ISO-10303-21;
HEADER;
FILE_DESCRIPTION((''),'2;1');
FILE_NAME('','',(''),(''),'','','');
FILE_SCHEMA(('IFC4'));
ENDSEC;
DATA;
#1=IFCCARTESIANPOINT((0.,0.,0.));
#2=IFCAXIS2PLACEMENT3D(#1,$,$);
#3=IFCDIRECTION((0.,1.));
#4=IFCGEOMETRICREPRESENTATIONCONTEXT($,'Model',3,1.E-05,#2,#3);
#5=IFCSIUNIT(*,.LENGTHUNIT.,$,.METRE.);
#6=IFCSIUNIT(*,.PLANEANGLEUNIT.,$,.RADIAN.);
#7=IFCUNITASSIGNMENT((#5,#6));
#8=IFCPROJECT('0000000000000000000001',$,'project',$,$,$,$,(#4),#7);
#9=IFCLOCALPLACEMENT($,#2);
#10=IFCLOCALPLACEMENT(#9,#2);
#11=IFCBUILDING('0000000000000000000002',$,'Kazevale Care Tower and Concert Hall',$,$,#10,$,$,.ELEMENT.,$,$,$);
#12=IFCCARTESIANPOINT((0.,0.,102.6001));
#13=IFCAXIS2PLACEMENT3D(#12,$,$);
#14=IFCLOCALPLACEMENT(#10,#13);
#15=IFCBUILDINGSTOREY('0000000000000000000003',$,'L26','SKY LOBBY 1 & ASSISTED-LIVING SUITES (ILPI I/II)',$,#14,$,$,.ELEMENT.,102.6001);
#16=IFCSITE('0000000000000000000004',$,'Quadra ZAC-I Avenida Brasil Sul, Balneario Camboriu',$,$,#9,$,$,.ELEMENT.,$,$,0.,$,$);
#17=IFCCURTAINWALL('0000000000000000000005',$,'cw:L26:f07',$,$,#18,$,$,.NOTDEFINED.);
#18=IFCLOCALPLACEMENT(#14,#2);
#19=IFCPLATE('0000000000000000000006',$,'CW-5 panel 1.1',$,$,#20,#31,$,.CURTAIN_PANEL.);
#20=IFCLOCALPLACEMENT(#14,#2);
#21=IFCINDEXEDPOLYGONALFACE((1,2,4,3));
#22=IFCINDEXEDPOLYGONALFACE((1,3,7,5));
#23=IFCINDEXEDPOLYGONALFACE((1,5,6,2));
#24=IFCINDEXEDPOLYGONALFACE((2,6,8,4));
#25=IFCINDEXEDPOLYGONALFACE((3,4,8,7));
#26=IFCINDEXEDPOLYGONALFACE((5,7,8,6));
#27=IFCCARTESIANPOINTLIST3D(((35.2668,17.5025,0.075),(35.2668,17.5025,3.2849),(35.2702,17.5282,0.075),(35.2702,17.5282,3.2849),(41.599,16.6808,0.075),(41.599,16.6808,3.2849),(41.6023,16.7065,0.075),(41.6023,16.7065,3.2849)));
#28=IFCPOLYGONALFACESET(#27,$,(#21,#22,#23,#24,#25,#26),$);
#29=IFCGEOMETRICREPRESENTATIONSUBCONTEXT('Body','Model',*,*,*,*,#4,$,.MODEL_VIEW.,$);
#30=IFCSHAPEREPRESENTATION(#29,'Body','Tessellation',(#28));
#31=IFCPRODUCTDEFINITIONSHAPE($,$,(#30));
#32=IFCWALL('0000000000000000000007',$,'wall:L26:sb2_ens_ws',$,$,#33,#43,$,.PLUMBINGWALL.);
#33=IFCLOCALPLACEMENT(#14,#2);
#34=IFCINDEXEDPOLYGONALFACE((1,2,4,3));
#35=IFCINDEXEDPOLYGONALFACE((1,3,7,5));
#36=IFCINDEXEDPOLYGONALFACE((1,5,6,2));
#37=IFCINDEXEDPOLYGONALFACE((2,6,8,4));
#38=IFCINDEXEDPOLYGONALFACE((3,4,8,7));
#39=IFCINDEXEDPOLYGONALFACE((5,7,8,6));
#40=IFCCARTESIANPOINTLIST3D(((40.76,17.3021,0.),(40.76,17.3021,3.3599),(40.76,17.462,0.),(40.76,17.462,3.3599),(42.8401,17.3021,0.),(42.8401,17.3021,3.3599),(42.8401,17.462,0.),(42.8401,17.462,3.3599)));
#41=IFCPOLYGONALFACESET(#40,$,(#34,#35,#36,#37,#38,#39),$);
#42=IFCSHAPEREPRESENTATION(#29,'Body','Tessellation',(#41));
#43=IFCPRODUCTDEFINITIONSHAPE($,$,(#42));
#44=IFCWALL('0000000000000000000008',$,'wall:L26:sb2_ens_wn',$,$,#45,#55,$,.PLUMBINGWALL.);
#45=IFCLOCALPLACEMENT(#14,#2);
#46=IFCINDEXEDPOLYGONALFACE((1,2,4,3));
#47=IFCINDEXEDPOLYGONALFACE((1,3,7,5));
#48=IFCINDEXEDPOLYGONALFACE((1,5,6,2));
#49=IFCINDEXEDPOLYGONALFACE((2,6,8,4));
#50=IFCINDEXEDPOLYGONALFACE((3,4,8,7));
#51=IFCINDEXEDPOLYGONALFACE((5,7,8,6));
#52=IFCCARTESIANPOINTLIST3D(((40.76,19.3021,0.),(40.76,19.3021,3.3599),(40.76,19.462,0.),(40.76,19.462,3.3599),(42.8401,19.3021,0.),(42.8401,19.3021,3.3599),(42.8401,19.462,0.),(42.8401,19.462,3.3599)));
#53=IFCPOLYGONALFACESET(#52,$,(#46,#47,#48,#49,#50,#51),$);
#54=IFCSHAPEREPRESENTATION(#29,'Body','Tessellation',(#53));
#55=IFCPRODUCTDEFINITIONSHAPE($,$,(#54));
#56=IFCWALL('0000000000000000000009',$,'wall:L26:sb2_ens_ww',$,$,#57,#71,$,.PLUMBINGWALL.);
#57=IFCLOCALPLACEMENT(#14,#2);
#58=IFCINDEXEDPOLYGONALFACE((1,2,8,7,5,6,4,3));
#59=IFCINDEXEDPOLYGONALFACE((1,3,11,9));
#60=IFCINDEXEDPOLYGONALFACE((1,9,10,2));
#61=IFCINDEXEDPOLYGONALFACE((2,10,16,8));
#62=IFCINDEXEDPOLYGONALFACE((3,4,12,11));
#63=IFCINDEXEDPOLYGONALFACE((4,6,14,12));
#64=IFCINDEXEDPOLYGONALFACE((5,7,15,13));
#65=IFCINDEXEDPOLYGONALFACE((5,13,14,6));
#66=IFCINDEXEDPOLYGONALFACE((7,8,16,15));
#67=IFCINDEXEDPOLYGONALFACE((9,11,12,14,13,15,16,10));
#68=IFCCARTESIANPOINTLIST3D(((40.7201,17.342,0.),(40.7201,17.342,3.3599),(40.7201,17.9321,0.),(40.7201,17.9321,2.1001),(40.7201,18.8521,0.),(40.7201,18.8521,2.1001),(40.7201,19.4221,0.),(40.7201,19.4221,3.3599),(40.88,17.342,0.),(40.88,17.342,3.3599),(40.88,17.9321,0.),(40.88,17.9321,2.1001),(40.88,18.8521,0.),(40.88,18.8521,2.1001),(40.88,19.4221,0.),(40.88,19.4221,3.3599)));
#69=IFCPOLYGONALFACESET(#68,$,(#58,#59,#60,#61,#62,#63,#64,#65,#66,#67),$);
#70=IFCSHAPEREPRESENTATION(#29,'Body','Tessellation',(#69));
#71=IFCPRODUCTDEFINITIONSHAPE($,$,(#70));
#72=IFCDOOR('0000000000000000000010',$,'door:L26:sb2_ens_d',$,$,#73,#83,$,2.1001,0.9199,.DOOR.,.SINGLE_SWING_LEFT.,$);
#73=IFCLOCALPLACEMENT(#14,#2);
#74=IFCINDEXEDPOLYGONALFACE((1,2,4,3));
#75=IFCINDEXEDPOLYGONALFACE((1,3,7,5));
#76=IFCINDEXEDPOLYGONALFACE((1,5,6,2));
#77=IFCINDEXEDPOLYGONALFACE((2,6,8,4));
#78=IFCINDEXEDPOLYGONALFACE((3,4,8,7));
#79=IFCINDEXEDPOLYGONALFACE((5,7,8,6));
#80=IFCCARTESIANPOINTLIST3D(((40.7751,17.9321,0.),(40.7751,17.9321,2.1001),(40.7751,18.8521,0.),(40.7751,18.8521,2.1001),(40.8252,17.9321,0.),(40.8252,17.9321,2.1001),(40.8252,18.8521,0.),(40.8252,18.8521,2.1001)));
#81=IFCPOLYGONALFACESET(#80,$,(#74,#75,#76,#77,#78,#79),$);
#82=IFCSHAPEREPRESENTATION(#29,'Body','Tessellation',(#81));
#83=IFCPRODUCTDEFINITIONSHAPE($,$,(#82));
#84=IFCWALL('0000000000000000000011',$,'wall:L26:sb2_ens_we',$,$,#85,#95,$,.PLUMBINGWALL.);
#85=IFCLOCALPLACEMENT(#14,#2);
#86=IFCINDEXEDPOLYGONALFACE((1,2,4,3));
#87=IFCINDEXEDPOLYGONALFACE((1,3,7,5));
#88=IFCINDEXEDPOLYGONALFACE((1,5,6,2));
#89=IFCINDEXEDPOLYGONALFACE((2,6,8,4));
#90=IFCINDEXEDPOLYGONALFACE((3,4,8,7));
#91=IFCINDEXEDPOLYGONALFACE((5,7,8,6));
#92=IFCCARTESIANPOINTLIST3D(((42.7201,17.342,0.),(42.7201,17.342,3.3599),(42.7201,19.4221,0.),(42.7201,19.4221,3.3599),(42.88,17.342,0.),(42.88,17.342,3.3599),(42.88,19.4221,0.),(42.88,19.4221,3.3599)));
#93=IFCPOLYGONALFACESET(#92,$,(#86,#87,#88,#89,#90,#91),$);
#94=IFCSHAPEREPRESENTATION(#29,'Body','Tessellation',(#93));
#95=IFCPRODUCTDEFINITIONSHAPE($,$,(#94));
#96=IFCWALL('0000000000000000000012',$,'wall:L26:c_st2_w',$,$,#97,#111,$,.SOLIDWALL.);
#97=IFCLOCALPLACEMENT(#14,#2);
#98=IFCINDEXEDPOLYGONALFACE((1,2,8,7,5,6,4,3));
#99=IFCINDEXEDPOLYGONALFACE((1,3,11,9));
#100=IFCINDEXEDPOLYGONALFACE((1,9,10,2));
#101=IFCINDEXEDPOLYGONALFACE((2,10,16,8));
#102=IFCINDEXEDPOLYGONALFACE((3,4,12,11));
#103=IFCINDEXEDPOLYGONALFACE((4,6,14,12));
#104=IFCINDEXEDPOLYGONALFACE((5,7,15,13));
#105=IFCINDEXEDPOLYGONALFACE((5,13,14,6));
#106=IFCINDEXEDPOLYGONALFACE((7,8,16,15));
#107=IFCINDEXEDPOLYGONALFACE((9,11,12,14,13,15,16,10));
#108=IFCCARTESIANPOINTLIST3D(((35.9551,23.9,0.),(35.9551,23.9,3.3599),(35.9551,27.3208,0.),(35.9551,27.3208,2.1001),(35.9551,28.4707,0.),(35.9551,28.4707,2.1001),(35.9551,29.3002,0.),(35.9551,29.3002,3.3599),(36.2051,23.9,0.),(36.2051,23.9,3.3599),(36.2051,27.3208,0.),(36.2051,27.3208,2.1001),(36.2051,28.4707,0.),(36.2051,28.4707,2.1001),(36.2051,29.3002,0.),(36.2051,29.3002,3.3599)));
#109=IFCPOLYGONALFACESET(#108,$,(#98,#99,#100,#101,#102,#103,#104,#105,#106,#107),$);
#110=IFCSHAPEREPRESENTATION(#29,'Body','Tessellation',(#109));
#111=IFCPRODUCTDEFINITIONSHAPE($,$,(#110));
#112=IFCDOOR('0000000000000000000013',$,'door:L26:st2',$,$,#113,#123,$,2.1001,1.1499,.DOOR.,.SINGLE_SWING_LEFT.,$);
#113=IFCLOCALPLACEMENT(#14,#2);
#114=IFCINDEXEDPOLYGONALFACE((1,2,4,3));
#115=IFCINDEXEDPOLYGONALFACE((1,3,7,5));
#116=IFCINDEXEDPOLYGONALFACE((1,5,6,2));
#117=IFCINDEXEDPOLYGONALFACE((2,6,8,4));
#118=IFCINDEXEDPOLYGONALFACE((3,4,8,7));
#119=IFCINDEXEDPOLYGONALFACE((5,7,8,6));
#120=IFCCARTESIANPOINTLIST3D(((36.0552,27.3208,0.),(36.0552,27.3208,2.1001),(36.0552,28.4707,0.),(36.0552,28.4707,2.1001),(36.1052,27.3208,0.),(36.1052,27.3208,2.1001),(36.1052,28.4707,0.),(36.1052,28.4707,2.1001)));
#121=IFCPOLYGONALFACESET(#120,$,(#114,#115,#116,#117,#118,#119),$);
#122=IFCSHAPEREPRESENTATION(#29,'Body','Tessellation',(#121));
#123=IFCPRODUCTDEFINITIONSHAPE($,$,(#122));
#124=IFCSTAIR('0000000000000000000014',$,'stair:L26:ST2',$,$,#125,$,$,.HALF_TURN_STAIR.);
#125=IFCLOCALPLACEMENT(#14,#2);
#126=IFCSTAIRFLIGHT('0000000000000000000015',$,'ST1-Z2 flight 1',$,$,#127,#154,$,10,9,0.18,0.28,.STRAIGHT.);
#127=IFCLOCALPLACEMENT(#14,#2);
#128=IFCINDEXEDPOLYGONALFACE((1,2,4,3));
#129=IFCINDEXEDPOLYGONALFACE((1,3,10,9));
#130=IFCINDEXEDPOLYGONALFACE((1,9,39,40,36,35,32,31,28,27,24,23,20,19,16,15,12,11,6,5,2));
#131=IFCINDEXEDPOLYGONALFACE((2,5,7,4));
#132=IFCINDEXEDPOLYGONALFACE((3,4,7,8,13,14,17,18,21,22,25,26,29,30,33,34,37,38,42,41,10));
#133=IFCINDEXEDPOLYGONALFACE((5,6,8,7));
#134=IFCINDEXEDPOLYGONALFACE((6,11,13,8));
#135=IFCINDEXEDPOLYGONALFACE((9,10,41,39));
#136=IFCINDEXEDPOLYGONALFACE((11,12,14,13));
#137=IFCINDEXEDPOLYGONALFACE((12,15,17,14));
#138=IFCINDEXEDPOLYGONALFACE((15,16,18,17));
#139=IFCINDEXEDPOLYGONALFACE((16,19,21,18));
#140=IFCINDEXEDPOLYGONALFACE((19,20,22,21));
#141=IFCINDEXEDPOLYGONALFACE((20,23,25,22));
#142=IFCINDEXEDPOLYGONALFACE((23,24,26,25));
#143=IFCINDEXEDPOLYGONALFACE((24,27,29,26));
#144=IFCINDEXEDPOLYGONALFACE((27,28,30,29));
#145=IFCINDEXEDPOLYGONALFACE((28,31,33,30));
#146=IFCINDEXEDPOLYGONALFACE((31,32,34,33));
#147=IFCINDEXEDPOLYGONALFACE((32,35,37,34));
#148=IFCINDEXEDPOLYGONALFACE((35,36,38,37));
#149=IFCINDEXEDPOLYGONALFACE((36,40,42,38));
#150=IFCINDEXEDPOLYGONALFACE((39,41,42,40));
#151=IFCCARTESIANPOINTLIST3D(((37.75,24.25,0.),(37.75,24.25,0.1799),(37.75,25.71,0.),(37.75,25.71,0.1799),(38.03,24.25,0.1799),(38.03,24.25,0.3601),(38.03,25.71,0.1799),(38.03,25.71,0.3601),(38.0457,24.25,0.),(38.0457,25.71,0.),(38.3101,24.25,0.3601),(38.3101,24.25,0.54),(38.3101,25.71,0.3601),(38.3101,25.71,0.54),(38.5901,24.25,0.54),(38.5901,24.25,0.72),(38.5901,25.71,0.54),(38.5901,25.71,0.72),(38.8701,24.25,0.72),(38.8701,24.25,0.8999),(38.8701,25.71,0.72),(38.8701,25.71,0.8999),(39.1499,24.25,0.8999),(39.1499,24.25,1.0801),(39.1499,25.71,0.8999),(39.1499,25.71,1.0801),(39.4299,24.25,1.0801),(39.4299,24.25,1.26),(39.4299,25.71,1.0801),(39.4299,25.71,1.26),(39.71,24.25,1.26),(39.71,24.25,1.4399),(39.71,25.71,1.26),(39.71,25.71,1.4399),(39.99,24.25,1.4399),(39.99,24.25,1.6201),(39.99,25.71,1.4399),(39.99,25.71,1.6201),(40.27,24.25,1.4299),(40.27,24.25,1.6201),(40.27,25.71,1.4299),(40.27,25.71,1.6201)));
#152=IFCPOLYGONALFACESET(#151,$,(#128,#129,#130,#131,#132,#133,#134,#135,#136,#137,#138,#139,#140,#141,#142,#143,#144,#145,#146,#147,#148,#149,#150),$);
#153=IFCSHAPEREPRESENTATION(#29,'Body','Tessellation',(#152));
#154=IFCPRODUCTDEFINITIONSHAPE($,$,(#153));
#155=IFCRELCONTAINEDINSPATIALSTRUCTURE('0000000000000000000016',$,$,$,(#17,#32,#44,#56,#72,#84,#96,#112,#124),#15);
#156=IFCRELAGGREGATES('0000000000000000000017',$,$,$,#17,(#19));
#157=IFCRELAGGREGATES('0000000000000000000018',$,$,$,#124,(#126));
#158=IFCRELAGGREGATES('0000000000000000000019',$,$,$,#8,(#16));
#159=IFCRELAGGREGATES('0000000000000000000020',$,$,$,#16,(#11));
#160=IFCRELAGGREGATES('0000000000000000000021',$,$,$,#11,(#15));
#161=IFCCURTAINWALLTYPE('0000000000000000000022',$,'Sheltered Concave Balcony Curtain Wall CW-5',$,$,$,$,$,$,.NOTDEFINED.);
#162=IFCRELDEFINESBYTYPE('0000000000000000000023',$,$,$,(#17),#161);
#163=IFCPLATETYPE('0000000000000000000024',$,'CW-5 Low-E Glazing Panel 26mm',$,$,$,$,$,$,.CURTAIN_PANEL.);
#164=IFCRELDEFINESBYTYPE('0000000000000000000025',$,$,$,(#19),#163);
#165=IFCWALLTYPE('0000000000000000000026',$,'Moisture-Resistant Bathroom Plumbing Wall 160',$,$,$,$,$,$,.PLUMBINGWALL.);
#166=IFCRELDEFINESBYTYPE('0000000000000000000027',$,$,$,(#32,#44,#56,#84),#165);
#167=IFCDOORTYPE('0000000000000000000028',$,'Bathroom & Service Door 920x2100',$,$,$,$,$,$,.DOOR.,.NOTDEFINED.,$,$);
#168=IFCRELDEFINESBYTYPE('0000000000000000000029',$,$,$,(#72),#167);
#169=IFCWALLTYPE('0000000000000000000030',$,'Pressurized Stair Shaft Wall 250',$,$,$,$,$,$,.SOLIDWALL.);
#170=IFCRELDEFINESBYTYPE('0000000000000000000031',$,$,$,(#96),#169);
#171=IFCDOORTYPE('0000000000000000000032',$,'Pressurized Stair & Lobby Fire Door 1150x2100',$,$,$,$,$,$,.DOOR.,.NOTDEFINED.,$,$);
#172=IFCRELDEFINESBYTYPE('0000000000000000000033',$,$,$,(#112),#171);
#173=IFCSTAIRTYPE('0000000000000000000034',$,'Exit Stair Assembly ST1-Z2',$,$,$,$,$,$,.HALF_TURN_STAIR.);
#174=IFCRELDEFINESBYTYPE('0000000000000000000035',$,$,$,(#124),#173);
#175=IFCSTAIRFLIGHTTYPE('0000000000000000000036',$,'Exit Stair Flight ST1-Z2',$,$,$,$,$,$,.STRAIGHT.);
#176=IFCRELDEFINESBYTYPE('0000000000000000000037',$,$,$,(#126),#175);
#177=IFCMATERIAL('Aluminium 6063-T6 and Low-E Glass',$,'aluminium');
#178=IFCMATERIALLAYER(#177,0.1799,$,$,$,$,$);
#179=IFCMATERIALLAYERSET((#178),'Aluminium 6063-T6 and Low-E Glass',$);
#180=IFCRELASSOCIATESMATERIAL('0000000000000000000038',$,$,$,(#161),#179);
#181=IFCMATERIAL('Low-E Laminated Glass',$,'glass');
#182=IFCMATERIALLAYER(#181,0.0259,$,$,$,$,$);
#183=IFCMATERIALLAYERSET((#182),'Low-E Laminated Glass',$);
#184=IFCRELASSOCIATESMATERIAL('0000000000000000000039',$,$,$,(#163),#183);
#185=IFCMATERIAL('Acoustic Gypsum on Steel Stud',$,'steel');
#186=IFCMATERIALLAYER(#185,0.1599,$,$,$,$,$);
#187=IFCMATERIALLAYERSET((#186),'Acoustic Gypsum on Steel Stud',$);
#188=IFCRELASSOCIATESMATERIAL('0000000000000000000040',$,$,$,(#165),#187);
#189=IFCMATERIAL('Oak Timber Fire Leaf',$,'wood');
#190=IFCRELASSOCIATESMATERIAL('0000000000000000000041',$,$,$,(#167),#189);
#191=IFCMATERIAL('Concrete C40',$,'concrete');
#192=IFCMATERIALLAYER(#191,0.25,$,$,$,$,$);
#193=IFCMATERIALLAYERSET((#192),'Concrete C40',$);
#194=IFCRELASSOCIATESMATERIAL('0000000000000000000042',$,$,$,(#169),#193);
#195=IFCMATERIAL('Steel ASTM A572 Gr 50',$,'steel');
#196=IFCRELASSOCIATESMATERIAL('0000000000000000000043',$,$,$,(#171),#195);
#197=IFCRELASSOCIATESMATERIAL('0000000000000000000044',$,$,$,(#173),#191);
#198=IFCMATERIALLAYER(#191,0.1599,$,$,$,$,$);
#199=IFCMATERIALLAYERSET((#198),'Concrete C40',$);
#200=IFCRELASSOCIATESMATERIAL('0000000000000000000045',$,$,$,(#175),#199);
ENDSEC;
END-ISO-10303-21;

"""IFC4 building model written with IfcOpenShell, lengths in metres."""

from ifc_helpers import new_model, si_unit, direction, frame, frame_2d, origin, origin_2d, place, context, subcontext, project, spatial, polyline, rectangle, outline, extrude, material, layer, layer_set, type_object, element, fill, aggregate, save


model = new_model("IFC4")

# Units and contexts
model_context = context("Model", 3, precision=1e-05, world=origin(), true_north=direction((0.0, 1.0)))
body_context = subcontext(model_context, "Body", "Model", "MODEL_VIEW")
ifc_project = project(units=[si_unit("LENGTHUNIT", "METRE"), si_unit("PLANEANGLEUNIT", "RADIAN")], contexts=[model_context])

# Site, building, storey
site_placement = place(None, origin())
site = spatial("IfcSite", under=ifc_project, at=site_placement, Name="Quadra ZAC-I Avenida Brasil Sul, Balneario Camboriu", CompositionType="ELEMENT", RefElevation=0.0)
building_placement = place(site_placement, origin())
building = spatial("IfcBuilding", under=site, at=building_placement, Name="Kazevale Care Tower and Concert Hall", CompositionType="ELEMENT")
storey_placement = place(building_placement, frame((0.0, 0.0, 102.6001)))
storey = spatial("IfcBuildingStorey", under=building, at=storey_placement, Name="L26", Description="SKY LOBBY 1 & ASSISTED-LIVING SUITES (ILPI I/II)", CompositionType="ELEMENT", Elevation=102.6001)

# Shared definitions
ifc_material_1 = material(Name="Aluminium 6063-T6 and Low-E Glass", Category="aluminium")
ifc_layer_1 = layer(ifc_material_1, 0.1799)
ifc_layer_set_1 = layer_set([ifc_layer_1], Name="Aluminium 6063-T6 and Low-E Glass")
curtain_wall_type = type_object("IfcCurtainWallType", Name="Sheltered Concave Balcony Curtain Wall CW-5", PredefinedType="NOTDEFINED", material=ifc_layer_set_1)

# Curtain wall
curtain_wall_1_placement = place(storey_placement, origin())
curtain_wall_1 = element("IfcCurtainWall", 1, at=curtain_wall_1_placement, inside=storey, type_object=curtain_wall_type, Name="cw:L26:f07", PredefinedType="NOTDEFINED")

# Shared definitions
ifc_material_2 = material(Name="Steel ASTM A572 Gr 50", Category="steel")

# Plate
ifc_material_3 = material(Name="Low-E Laminated Glass", Category="glass")
ifc_layer_2 = layer(ifc_material_3, 0.0259)
ifc_layer_set_2 = layer_set([ifc_layer_2], Name="Low-E Laminated Glass")
plate_type = type_object("IfcPlateType", Name="CW-5 Low-E Glazing Panel 26mm", PredefinedType="CURTAIN_PANEL", material=ifc_layer_set_2)
plate_1_placement = place(storey_placement, frame((38.4346, 17.1045, 0.075), z_axis=(0.0, 0.0, 1.0), x_axis=(-0.991686, 0.128685, 0.0)))
plate_1 = element("IfcPlate", 2, at=plate_1_placement, type_object=plate_type, Name="CW-5 panel 1.1", PredefinedType="CURTAIN_PANEL", context=body_context, shape_type="SweptSolid", body=[
    extrude(rectangle(XDim=6.3853, YDim=0.0259, at=origin_2d()), origin(), (0.0, 0.0, 1.0), 3.21),
])
aggregate(curtain_wall_1, [plate_1])

# Shared definitions
ifc_material_4 = material(Name="Oak Timber Fire Leaf", Category="wood")

# Walls
ifc_material_5 = material(Name="Acoustic Gypsum on Steel Stud", Category="steel")
ifc_layer_3 = layer(ifc_material_5, 0.1599)
ifc_layer_set_3 = layer_set([ifc_layer_3], Name="Acoustic Gypsum on Steel Stud")
wall_type_1 = type_object("IfcWallType", Name="Moisture-Resistant Bathroom Plumbing Wall 160", PredefinedType="PLUMBINGWALL", material=ifc_layer_set_3)
for number, where, z_axis, x_axis, name in (
    (3, (40.76, 17.3821, 0.0), (0.0, 0.0, 1.0), (1.0, 0.0, 0.0), "wall:L26:sb2_ens_ws"),
    (4, (40.76, 19.3821, 0.0), (0.0, 0.0, 1.0), (1.0, 0.0, 0.0), "wall:L26:sb2_ens_wn"),
):
    element("IfcWall", number, at=place(storey_placement, frame(where, z_axis=z_axis, x_axis=x_axis)), inside=storey, type_object=wall_type_1, Name=name, PredefinedType="PLUMBINGWALL", context=body_context, shape_type="SweptSolid", body=[
        extrude(rectangle(XDim=2.0801, YDim=0.1599, at=frame_2d((1.04, 0.0))), origin(), (0.0, 0.0, 1.0), 3.3599),
    ])

# Wall, opening, door
wall_1_placement = place(storey_placement, frame((40.8, 17.342, 0.0), z_axis=(0.0, 0.0, 1.0), x_axis=(0.0, 1.0, 0.0)))
wall_1 = element("IfcWall", 5, at=wall_1_placement, inside=storey, type_object=wall_type_1, Name="wall:L26:sb2_ens_ww", PredefinedType="PLUMBINGWALL", context=body_context, shape_type="SweptSolid", body=[
    extrude(rectangle(XDim=2.0801, YDim=0.1599, at=frame_2d((1.04, 0.0))), origin(), (0.0, 0.0, 1.0), 3.3599),
])
opening_1_placement = place(wall_1_placement, frame((0.5901, 0.0, 0.0)))
opening_1 = element("IfcOpeningElement", 6, at=opening_1_placement, cuts=wall_1, PredefinedType="OPENING", context=body_context, shape_type="SweptSolid", body=[
    extrude(rectangle(XDim=0.9199, YDim=2.1001, at=frame_2d((0.46, 1.05))), frame((0.0, 0.0898, 0.0), z_axis=(0.0, -1.0, 0.0), x_axis=(1.0, 0.0, 0.0)), (0.0, 0.0, 1.0), 0.1799),
])
door_type_1 = type_object("IfcDoorType", Name="Bathroom & Service Door 920x2100", OperationType="NOTDEFINED", PredefinedType="DOOR", material=ifc_material_4)
door_1_placement = place(opening_1_placement, origin())
door_1 = element("IfcDoor", 7, at=door_1_placement, inside=storey, type_object=door_type_1, Name="door:L26:sb2_ens_d", OperationType="SINGLE_SWING_LEFT", OverallHeight=2.1001, OverallWidth=0.9199, PredefinedType="DOOR", context=body_context, shape_type="SweptSolid", body=[
    extrude(rectangle(XDim=0.9199, YDim=2.1001, at=frame_2d((0.46, 1.05))), frame((0.0, 0.0249, 0.0), z_axis=(0.0, -1.0, 0.0), x_axis=(1.0, 0.0, 0.0)), (0.0, 0.0, 1.0), 0.05),
])
fill(opening_1, door_1)

# Wall
wall_2_placement = place(storey_placement, frame((42.8, 17.342, 0.0), z_axis=(0.0, 0.0, 1.0), x_axis=(0.0, 1.0, 0.0)))
element("IfcWall", 8, at=wall_2_placement, inside=storey, type_object=wall_type_1, Name="wall:L26:sb2_ens_we", PredefinedType="PLUMBINGWALL", context=body_context, shape_type="SweptSolid", body=[
    extrude(rectangle(XDim=2.0801, YDim=0.1599, at=frame_2d((1.04, 0.0))), origin(), (0.0, 0.0, 1.0), 3.3599),
])

# Wall, opening, door
ifc_material_6 = material(Name="Concrete C40", Category="concrete")
ifc_layer_4 = layer(ifc_material_6, 0.25)
ifc_layer_set_4 = layer_set([ifc_layer_4], Name="Concrete C40")
wall_type_2 = type_object("IfcWallType", Name="Pressurized Stair Shaft Wall 250", PredefinedType="SOLIDWALL", material=ifc_layer_set_4)
wall_3_placement = place(storey_placement, frame((36.0801, 23.8999, 0.0), z_axis=(0.0, 0.0, 1.0), x_axis=(0.0, 1.0, 0.0)))
wall_3 = element("IfcWall", 9, at=wall_3_placement, inside=storey, type_object=wall_type_2, Name="wall:L26:c_st2_w", PredefinedType="SOLIDWALL", context=body_context, shape_type="SweptSolid", body=[
    extrude(rectangle(XDim=5.4001, YDim=0.25, at=frame_2d((2.7002, 0.0))), origin(), (0.0, 0.0, 1.0), 3.3599),
])
opening_2_placement = place(wall_3_placement, frame((3.4209, 0.0, 0.0)))
opening_2 = element("IfcOpeningElement", 10, at=opening_2_placement, cuts=wall_3, PredefinedType="OPENING", context=body_context, shape_type="SweptSolid", body=[
    extrude(rectangle(XDim=1.1499, YDim=2.1001, at=frame_2d((0.575, 1.05))), frame((0.0, 0.135, 0.0), z_axis=(0.0, -1.0, 0.0), x_axis=(1.0, 0.0, 0.0)), (0.0, 0.0, 1.0), 0.27),
])
door_type_2 = type_object("IfcDoorType", Name="Pressurized Stair & Lobby Fire Door 1150x2100", OperationType="NOTDEFINED", PredefinedType="DOOR", material=ifc_material_2)
door_2_placement = place(opening_2_placement, origin())
door_2 = element("IfcDoor", 11, at=door_2_placement, inside=storey, type_object=door_type_2, Name="door:L26:st2", OperationType="SINGLE_SWING_LEFT", OverallHeight=2.1001, OverallWidth=1.1499, PredefinedType="DOOR", context=body_context, shape_type="SweptSolid", body=[
    extrude(rectangle(XDim=1.1499, YDim=2.1001, at=frame_2d((0.575, 1.05))), frame((0.0, 0.0249, 0.0), z_axis=(0.0, -1.0, 0.0), x_axis=(1.0, 0.0, 0.0)), (0.0, 0.0, 1.0), 0.05),
])
fill(opening_2, door_2)

# Stair, stair flight
stair_type = type_object("IfcStairType", Name="Exit Stair Assembly ST1-Z2", PredefinedType="HALF_TURN_STAIR", material=ifc_material_6)
stair_placement = place(storey_placement, origin())
stair = element("IfcStair", 12, at=stair_placement, inside=storey, type_object=stair_type, Name="stair:L26:ST2", PredefinedType="HALF_TURN_STAIR")
ifc_layer_5 = layer(ifc_material_6, 0.1599)
ifc_layer_set_5 = layer_set([ifc_layer_5], Name="Concrete C40")
stair_flight_type = type_object("IfcStairFlightType", Name="Exit Stair Flight ST1-Z2", PredefinedType="STRAIGHT", material=ifc_layer_set_5)
stair_flight_1_placement = place(storey_placement, frame((37.75, 24.98, 0.0), z_axis=(0.0, 0.0, 1.0), x_axis=(1.0, 0.0, 0.0)))
stair_flight_1 = element("IfcStairFlight", 13, at=stair_flight_1_placement, type_object=stair_flight_type, Name="ST1-Z2 flight 1", NumberOfRisers=10, NumberOfTreads=9, PredefinedType="STRAIGHT", RiserHeight=0.18, TreadLength=0.28, context=body_context, shape_type="SweptSolid", body=[
    extrude(outline(polyline([(0.0, 0.0), (0.0, 0.1799), (0.28, 0.1799), (0.28, 0.3601), (0.5601, 0.3601), (0.5601, 0.54), (0.8401, 0.54), (0.8401, 0.72), (1.1201, 0.72), (1.1201, 0.8999), (1.3999, 0.8999), (1.3999, 1.0801), (1.6799, 1.0801), (1.6799, 1.26), (1.96, 1.26), (1.96, 1.4399), (2.24, 1.4399), (2.24, 1.6201), (2.52, 1.6201), (2.52, 1.8), (2.52, 1.4299), (0.2957, 0.0), (0.0, 0.0)])), frame((0.0, 0.73, 0.0), z_axis=(0.0, -1.0, 0.0), x_axis=(1.0, 0.0, 0.0)), (0.0, 0.0, 1.0), 1.46),
])
aggregate(stair, [stair_flight_1])

save(model, "model.ifc")
